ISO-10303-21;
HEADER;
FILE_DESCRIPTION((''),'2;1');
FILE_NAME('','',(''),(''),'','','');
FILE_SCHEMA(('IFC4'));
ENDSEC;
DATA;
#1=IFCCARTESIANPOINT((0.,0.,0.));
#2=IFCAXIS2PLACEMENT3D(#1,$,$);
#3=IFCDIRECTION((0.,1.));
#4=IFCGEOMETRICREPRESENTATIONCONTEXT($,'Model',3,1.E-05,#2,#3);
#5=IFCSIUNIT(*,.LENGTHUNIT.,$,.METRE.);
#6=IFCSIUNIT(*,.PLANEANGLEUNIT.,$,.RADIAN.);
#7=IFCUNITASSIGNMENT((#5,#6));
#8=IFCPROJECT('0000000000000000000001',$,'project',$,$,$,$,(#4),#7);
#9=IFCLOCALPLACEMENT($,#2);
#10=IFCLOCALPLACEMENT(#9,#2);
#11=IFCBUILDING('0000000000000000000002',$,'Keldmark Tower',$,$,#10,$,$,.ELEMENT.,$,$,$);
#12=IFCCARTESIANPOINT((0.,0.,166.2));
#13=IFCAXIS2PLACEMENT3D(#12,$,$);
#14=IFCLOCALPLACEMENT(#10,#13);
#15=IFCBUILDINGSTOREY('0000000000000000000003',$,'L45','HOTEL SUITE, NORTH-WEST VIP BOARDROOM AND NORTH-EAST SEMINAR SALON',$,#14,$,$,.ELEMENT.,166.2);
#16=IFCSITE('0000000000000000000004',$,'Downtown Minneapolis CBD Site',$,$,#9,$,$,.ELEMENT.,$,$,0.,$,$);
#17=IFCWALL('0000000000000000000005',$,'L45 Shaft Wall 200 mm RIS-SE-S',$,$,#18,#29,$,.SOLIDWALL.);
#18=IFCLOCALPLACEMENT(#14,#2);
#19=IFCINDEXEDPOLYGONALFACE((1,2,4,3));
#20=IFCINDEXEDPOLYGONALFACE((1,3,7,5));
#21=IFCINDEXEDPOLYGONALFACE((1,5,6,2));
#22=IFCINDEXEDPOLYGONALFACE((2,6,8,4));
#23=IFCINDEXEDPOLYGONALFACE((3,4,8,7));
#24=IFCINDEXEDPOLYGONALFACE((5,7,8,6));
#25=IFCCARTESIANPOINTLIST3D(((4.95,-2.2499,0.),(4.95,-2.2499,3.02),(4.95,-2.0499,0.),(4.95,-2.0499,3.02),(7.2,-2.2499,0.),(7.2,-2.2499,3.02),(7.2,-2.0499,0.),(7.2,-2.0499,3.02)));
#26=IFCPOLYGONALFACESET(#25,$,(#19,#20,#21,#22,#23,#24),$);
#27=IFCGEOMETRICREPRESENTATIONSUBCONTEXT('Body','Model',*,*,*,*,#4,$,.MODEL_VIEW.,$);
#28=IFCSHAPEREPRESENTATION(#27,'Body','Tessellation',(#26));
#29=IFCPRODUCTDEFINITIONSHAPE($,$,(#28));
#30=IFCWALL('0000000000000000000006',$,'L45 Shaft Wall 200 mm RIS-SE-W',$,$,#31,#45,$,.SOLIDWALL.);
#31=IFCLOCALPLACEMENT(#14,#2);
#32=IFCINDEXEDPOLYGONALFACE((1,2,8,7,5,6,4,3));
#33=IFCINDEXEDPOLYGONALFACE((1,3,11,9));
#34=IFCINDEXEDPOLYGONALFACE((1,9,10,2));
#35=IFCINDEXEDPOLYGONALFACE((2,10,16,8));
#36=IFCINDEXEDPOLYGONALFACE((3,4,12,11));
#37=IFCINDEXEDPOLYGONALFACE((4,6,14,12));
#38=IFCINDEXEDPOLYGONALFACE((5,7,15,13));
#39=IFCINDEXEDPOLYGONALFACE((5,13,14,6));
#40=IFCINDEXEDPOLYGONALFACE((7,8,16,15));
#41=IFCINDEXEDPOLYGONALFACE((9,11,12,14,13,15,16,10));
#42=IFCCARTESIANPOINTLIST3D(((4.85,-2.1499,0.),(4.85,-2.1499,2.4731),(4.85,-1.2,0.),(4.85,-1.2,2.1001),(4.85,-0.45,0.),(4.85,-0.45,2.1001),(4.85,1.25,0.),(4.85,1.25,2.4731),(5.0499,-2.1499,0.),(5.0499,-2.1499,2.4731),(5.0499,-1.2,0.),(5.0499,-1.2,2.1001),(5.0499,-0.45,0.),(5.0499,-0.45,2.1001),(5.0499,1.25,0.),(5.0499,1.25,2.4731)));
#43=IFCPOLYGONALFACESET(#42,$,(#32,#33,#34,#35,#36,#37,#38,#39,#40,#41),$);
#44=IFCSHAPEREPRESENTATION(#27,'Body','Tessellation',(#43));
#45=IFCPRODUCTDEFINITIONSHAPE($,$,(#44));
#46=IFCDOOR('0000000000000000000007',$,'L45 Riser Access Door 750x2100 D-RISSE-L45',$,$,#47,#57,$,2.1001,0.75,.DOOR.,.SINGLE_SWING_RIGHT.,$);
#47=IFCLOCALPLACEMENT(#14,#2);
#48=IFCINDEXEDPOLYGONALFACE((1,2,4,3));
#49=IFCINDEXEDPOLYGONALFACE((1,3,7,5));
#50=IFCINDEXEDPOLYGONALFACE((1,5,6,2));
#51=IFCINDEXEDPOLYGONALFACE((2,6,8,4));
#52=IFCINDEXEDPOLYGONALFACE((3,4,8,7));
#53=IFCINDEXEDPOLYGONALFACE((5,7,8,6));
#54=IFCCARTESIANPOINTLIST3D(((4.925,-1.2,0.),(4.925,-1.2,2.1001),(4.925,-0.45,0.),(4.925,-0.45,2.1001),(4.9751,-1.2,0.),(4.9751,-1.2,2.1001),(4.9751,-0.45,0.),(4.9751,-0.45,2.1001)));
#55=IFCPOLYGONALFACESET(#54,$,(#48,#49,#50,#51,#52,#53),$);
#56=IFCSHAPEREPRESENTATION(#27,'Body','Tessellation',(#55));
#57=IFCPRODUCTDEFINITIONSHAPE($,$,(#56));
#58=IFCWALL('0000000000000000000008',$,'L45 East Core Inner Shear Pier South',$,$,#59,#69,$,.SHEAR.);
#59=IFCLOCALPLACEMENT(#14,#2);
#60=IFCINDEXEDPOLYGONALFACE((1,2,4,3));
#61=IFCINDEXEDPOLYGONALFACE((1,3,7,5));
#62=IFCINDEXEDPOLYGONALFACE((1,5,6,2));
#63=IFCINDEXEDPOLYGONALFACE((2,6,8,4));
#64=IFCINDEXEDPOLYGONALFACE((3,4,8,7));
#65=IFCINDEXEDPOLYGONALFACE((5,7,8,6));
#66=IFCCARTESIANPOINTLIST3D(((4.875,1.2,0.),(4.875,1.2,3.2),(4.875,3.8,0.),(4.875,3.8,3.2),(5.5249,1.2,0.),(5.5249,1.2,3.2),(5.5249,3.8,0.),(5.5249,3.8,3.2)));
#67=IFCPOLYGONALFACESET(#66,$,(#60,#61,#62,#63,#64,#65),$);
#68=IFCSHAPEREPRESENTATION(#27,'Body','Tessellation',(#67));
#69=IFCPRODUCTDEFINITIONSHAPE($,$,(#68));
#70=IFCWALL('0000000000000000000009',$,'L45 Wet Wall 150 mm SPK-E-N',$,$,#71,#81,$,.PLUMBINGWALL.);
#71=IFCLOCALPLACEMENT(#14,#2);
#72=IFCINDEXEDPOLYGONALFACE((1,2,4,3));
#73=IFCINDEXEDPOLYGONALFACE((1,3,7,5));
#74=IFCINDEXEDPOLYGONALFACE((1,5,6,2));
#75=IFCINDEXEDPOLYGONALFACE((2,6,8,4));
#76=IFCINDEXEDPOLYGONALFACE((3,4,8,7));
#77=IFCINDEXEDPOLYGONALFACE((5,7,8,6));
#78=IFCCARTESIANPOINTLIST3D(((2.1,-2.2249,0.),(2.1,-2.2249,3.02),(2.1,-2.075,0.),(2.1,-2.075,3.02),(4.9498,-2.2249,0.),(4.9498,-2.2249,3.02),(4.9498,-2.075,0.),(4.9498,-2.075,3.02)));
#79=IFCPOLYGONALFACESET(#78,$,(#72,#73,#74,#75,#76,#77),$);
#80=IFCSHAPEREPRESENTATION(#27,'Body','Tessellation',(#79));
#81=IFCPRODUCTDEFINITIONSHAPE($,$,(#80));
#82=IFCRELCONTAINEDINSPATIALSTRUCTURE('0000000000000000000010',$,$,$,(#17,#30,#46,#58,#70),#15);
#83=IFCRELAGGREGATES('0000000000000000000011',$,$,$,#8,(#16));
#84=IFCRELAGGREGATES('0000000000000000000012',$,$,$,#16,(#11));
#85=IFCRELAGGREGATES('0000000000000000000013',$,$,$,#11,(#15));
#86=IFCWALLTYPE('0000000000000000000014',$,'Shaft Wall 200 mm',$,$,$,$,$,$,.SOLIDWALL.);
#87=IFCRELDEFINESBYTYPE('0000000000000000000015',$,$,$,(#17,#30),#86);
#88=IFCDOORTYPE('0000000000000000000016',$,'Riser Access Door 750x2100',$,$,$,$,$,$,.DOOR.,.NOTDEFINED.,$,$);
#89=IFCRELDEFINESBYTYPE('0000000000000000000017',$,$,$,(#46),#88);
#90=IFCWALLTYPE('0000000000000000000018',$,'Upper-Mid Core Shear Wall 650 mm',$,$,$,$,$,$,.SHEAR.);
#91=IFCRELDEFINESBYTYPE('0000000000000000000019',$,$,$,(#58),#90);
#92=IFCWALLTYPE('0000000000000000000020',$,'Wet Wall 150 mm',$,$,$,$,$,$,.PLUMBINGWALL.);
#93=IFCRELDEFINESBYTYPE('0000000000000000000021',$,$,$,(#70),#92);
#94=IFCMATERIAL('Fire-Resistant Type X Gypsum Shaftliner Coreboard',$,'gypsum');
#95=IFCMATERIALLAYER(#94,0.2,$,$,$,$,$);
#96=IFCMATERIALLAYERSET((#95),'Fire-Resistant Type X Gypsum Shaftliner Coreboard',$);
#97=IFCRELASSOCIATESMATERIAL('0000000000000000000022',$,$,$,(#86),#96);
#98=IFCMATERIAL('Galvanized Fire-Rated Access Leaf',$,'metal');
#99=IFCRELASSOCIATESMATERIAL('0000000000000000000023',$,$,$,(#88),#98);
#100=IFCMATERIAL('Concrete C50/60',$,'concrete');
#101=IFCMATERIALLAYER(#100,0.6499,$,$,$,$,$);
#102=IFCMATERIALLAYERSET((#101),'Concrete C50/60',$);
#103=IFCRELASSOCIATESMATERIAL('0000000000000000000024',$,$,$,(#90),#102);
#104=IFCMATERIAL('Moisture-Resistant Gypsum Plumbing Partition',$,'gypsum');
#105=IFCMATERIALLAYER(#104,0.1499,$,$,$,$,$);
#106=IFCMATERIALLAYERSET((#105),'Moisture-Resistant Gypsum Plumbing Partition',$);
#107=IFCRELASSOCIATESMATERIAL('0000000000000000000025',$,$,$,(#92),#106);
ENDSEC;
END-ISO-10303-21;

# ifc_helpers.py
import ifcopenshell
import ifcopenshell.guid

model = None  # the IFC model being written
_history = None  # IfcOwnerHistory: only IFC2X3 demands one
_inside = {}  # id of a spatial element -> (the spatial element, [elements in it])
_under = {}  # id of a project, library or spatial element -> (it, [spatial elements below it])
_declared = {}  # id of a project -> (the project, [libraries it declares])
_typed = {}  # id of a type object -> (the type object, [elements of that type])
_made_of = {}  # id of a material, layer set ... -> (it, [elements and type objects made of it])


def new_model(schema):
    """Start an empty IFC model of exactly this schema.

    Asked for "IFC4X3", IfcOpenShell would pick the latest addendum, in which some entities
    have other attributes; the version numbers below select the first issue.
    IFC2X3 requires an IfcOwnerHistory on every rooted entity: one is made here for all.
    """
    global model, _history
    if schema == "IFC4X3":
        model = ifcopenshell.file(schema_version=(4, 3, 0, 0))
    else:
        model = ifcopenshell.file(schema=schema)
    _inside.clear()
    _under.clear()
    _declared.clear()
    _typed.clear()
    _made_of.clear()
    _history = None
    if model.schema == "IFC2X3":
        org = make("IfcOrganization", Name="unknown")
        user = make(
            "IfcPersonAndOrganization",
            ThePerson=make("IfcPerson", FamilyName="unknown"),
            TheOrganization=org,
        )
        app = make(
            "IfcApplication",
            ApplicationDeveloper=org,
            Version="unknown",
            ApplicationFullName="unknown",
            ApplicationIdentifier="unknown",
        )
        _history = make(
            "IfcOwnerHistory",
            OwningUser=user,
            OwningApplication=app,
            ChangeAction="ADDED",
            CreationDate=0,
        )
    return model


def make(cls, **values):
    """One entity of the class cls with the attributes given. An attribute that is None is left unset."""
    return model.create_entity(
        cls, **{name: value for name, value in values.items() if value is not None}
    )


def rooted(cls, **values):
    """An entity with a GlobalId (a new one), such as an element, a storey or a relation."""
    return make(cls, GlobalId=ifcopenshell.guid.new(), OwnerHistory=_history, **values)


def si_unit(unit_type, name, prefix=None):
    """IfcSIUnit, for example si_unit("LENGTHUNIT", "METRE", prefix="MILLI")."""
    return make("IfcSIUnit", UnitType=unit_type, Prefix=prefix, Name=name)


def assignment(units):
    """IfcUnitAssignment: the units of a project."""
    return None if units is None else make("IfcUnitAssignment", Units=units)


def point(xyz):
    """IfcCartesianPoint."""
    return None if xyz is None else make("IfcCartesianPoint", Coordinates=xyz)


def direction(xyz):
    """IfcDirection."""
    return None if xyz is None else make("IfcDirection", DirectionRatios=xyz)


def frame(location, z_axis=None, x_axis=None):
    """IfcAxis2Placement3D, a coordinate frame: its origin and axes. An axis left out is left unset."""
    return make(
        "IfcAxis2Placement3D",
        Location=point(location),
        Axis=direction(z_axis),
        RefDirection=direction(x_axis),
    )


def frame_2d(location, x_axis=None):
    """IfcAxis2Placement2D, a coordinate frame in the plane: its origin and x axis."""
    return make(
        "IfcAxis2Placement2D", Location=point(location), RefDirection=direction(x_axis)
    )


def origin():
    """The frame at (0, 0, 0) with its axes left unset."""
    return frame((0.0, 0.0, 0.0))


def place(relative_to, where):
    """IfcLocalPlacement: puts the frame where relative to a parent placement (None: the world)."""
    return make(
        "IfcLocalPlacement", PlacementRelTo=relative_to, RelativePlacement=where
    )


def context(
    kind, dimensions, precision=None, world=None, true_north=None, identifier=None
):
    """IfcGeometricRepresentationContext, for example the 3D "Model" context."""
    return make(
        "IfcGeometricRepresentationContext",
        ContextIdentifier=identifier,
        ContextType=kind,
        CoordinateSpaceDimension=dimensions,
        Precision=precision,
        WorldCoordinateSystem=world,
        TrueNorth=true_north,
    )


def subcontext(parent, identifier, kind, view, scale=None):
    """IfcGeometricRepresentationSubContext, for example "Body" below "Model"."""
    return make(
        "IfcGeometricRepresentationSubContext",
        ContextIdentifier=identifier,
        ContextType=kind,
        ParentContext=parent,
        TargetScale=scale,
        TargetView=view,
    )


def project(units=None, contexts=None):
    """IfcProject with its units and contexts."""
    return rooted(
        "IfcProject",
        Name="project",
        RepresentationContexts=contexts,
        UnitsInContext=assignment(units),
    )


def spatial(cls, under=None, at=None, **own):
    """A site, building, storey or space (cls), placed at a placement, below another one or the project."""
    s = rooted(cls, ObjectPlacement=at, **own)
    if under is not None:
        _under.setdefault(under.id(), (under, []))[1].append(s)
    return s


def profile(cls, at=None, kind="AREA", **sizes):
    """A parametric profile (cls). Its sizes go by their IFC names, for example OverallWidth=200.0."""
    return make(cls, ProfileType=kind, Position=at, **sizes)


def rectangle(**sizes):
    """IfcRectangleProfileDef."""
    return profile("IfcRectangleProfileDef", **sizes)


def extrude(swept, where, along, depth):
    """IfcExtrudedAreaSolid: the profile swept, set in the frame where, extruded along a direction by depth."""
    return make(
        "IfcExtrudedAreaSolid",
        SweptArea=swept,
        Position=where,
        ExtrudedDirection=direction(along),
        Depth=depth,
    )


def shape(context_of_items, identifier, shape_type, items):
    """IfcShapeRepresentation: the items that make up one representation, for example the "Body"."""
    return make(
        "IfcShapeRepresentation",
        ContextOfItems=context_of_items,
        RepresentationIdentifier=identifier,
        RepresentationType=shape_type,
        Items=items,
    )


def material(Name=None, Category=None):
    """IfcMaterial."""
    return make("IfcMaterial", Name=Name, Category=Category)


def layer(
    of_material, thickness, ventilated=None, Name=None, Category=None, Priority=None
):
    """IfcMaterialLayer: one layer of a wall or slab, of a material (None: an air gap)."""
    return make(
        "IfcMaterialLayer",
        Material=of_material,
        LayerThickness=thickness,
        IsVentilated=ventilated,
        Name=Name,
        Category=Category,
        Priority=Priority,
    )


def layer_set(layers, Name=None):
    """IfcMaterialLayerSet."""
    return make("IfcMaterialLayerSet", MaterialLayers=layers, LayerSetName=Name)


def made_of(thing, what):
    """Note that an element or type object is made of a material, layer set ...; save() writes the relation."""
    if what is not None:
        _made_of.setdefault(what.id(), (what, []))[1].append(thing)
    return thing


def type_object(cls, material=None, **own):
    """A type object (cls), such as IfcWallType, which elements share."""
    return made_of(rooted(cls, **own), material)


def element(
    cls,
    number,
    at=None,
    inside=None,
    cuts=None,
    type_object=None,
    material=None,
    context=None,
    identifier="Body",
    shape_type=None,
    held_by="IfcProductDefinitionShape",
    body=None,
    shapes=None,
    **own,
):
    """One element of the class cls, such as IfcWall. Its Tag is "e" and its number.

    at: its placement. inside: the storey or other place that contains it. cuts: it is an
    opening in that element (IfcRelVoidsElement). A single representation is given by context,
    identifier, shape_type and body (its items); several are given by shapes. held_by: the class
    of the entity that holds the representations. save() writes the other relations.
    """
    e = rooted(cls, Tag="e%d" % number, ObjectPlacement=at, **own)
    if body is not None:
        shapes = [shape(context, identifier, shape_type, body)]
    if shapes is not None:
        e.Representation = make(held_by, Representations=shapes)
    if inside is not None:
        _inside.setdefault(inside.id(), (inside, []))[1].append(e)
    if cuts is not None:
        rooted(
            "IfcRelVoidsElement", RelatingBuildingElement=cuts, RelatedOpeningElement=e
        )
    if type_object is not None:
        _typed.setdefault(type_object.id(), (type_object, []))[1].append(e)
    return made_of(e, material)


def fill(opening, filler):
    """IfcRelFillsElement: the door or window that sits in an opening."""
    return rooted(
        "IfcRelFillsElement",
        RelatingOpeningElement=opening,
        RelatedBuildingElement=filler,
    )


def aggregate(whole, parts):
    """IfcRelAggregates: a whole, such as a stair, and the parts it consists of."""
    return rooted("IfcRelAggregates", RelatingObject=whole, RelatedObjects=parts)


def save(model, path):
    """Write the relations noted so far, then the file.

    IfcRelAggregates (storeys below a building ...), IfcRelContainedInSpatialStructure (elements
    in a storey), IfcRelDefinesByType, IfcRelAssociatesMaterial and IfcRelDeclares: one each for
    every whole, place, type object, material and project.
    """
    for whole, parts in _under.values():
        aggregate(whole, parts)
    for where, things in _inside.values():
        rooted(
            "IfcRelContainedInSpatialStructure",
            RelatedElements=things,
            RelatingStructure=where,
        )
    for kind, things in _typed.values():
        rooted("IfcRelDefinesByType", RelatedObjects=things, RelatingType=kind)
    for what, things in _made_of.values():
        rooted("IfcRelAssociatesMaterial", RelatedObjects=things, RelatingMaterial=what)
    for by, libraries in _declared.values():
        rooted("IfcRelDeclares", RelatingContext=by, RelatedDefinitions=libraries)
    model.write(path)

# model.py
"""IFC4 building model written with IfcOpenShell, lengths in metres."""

from ifc_helpers import new_model, si_unit, direction, frame, frame_2d, origin, place, context, subcontext, project, spatial, rectangle, extrude, material, layer, layer_set, type_object, element, fill, save


model = new_model("IFC4")

# Units and contexts
model_context = context("Model", 3, precision=1e-05, world=origin(), true_north=direction((0.0, 1.0)))
body_context = subcontext(model_context, "Body", "Model", "MODEL_VIEW")
ifc_project = project(units=[si_unit("LENGTHUNIT", "METRE"), si_unit("PLANEANGLEUNIT", "RADIAN")], contexts=[model_context])

# Site, building, storey
site_placement = place(None, origin())
site = spatial("IfcSite", under=ifc_project, at=site_placement, Name="Downtown Minneapolis CBD Site", CompositionType="ELEMENT", RefElevation=0.0)
building_placement = place(site_placement, origin())
building = spatial("IfcBuilding", under=site, at=building_placement, Name="Keldmark Tower", CompositionType="ELEMENT")
storey_placement = place(building_placement, frame((0.0, 0.0, 166.2)))
storey = spatial("IfcBuildingStorey", under=building, at=storey_placement, Name="L45", Description="HOTEL SUITE, NORTH-WEST VIP BOARDROOM AND NORTH-EAST SEMINAR SALON", CompositionType="ELEMENT", Elevation=166.2)

# Wall
ifc_material_1 = material(Name="Fire-Resistant Type X Gypsum Shaftliner Coreboard", Category="gypsum")
ifc_layer_1 = layer(ifc_material_1, 0.2)
ifc_layer_set_1 = layer_set([ifc_layer_1], Name="Fire-Resistant Type X Gypsum Shaftliner Coreboard")
wall_type_1 = type_object("IfcWallType", Name="Shaft Wall 200 mm", PredefinedType="SOLIDWALL", material=ifc_layer_set_1)
wall_1_placement = place(storey_placement, frame((4.95, -2.1499, 0.0), z_axis=(0.0, 0.0, 1.0), x_axis=(1.0, 0.0, 0.0)))
element("IfcWall", 1, at=wall_1_placement, inside=storey, type_object=wall_type_1, Name="L45 Shaft Wall 200 mm RIS-SE-S", PredefinedType="SOLIDWALL", context=body_context, shape_type="SweptSolid", body=[
    extrude(rectangle(XDim=2.25, YDim=0.2, at=frame_2d((1.125, 0.0))), origin(), (0.0, 0.0, 1.0), 3.02),
])

# Wall, opening, door
wall_2_placement = place(storey_placement, frame((4.95, -2.1499, 0.0), z_axis=(0.0, 0.0, 1.0), x_axis=(0.0, 1.0, 0.0)))
wall_2 = element("IfcWall", 2, at=wall_2_placement, inside=storey, type_object=wall_type_1, Name="L45 Shaft Wall 200 mm RIS-SE-W", PredefinedType="SOLIDWALL", context=body_context, shape_type="SweptSolid", body=[
    extrude(rectangle(XDim=3.3999, YDim=0.2, at=frame_2d((1.7, 0.0))), origin(), (0.0, 0.0, 1.0), 2.4731),
])
opening_1_placement = place(wall_2_placement, frame((0.95, 0.0, 0.0)))
opening_1 = element("IfcOpeningElement", 3, at=opening_1_placement, cuts=wall_2, PredefinedType="OPENING", context=body_context, shape_type="SweptSolid", body=[
    extrude(rectangle(XDim=0.75, YDim=2.1001, at=frame_2d((0.375, 1.05))), frame((0.0, 0.1099, 0.0), z_axis=(0.0, -1.0, 0.0), x_axis=(1.0, 0.0, 0.0)), (0.0, 0.0, 1.0), 0.22),
])
ifc_material_2 = material(Name="Galvanized Fire-Rated Access Leaf", Category="metal")
door_type_1 = type_object("IfcDoorType", Name="Riser Access Door 750x2100", OperationType="NOTDEFINED", PredefinedType="DOOR", material=ifc_material_2)
door_1_placement = place(opening_1_placement, origin())
door_1 = element("IfcDoor", 4, at=door_1_placement, inside=storey, type_object=door_type_1, Name="L45 Riser Access Door 750x2100 D-RISSE-L45", OperationType="SINGLE_SWING_RIGHT", OverallHeight=2.1001, OverallWidth=0.75, PredefinedType="DOOR", context=body_context, shape_type="SweptSolid", body=[
    extrude(rectangle(XDim=0.75, YDim=2.1001, at=frame_2d((0.375, 1.05))), frame((0.0, 0.0249, 0.0), z_axis=(0.0, -1.0, 0.0), x_axis=(1.0, 0.0, 0.0)), (0.0, 0.0, 1.0), 0.05),
])
fill(opening_1, door_1)

# Walls
ifc_material_3 = material(Name="Concrete C50/60", Category="concrete")
ifc_layer_2 = layer(ifc_material_3, 0.6499)
ifc_layer_set_2 = layer_set([ifc_layer_2], Name="Concrete C50/60")
wall_type_2 = type_object("IfcWallType", Name="Upper-Mid Core Shear Wall 650 mm", PredefinedType="SHEAR", material=ifc_layer_set_2)
wall_3_placement = place(storey_placement, frame((5.2, 1.2, 0.0), z_axis=(0.0, 0.0, 1.0), x_axis=(0.0, 1.0, 0.0)))
element("IfcWall", 5, at=wall_3_placement, inside=storey, type_object=wall_type_2, Name="L45 East Core Inner Shear Pier South", PredefinedType="SHEAR", context=body_context, shape_type="SweptSolid", body=[
    extrude(rectangle(XDim=2.6001, YDim=0.6499, at=frame_2d((1.3, 0.0))), origin(), (0.0, 0.0, 1.0), 3.2),
])
ifc_material_4 = material(Name="Moisture-Resistant Gypsum Plumbing Partition", Category="gypsum")
ifc_layer_3 = layer(ifc_material_4, 0.1499)
ifc_layer_set_3 = layer_set([ifc_layer_3], Name="Moisture-Resistant Gypsum Plumbing Partition")
wall_type_3 = type_object("IfcWallType", Name="Wet Wall 150 mm", PredefinedType="PLUMBINGWALL", material=ifc_layer_set_3)
wall_4_placement = place(storey_placement, frame((2.1001, -2.1499, 0.0), z_axis=(0.0, 0.0, 1.0), x_axis=(1.0, 0.0, 0.0)))
element("IfcWall", 6, at=wall_4_placement, inside=storey, type_object=wall_type_3, Name="L45 Wet Wall 150 mm SPK-E-N", PredefinedType="PLUMBINGWALL", context=body_context, shape_type="SweptSolid", body=[
    extrude(rectangle(XDim=2.8499, YDim=0.1499, at=frame_2d((1.4248, 0.0))), origin(), (0.0, 0.0, 1.0), 3.02),
])

save(model, "model.ifc")
